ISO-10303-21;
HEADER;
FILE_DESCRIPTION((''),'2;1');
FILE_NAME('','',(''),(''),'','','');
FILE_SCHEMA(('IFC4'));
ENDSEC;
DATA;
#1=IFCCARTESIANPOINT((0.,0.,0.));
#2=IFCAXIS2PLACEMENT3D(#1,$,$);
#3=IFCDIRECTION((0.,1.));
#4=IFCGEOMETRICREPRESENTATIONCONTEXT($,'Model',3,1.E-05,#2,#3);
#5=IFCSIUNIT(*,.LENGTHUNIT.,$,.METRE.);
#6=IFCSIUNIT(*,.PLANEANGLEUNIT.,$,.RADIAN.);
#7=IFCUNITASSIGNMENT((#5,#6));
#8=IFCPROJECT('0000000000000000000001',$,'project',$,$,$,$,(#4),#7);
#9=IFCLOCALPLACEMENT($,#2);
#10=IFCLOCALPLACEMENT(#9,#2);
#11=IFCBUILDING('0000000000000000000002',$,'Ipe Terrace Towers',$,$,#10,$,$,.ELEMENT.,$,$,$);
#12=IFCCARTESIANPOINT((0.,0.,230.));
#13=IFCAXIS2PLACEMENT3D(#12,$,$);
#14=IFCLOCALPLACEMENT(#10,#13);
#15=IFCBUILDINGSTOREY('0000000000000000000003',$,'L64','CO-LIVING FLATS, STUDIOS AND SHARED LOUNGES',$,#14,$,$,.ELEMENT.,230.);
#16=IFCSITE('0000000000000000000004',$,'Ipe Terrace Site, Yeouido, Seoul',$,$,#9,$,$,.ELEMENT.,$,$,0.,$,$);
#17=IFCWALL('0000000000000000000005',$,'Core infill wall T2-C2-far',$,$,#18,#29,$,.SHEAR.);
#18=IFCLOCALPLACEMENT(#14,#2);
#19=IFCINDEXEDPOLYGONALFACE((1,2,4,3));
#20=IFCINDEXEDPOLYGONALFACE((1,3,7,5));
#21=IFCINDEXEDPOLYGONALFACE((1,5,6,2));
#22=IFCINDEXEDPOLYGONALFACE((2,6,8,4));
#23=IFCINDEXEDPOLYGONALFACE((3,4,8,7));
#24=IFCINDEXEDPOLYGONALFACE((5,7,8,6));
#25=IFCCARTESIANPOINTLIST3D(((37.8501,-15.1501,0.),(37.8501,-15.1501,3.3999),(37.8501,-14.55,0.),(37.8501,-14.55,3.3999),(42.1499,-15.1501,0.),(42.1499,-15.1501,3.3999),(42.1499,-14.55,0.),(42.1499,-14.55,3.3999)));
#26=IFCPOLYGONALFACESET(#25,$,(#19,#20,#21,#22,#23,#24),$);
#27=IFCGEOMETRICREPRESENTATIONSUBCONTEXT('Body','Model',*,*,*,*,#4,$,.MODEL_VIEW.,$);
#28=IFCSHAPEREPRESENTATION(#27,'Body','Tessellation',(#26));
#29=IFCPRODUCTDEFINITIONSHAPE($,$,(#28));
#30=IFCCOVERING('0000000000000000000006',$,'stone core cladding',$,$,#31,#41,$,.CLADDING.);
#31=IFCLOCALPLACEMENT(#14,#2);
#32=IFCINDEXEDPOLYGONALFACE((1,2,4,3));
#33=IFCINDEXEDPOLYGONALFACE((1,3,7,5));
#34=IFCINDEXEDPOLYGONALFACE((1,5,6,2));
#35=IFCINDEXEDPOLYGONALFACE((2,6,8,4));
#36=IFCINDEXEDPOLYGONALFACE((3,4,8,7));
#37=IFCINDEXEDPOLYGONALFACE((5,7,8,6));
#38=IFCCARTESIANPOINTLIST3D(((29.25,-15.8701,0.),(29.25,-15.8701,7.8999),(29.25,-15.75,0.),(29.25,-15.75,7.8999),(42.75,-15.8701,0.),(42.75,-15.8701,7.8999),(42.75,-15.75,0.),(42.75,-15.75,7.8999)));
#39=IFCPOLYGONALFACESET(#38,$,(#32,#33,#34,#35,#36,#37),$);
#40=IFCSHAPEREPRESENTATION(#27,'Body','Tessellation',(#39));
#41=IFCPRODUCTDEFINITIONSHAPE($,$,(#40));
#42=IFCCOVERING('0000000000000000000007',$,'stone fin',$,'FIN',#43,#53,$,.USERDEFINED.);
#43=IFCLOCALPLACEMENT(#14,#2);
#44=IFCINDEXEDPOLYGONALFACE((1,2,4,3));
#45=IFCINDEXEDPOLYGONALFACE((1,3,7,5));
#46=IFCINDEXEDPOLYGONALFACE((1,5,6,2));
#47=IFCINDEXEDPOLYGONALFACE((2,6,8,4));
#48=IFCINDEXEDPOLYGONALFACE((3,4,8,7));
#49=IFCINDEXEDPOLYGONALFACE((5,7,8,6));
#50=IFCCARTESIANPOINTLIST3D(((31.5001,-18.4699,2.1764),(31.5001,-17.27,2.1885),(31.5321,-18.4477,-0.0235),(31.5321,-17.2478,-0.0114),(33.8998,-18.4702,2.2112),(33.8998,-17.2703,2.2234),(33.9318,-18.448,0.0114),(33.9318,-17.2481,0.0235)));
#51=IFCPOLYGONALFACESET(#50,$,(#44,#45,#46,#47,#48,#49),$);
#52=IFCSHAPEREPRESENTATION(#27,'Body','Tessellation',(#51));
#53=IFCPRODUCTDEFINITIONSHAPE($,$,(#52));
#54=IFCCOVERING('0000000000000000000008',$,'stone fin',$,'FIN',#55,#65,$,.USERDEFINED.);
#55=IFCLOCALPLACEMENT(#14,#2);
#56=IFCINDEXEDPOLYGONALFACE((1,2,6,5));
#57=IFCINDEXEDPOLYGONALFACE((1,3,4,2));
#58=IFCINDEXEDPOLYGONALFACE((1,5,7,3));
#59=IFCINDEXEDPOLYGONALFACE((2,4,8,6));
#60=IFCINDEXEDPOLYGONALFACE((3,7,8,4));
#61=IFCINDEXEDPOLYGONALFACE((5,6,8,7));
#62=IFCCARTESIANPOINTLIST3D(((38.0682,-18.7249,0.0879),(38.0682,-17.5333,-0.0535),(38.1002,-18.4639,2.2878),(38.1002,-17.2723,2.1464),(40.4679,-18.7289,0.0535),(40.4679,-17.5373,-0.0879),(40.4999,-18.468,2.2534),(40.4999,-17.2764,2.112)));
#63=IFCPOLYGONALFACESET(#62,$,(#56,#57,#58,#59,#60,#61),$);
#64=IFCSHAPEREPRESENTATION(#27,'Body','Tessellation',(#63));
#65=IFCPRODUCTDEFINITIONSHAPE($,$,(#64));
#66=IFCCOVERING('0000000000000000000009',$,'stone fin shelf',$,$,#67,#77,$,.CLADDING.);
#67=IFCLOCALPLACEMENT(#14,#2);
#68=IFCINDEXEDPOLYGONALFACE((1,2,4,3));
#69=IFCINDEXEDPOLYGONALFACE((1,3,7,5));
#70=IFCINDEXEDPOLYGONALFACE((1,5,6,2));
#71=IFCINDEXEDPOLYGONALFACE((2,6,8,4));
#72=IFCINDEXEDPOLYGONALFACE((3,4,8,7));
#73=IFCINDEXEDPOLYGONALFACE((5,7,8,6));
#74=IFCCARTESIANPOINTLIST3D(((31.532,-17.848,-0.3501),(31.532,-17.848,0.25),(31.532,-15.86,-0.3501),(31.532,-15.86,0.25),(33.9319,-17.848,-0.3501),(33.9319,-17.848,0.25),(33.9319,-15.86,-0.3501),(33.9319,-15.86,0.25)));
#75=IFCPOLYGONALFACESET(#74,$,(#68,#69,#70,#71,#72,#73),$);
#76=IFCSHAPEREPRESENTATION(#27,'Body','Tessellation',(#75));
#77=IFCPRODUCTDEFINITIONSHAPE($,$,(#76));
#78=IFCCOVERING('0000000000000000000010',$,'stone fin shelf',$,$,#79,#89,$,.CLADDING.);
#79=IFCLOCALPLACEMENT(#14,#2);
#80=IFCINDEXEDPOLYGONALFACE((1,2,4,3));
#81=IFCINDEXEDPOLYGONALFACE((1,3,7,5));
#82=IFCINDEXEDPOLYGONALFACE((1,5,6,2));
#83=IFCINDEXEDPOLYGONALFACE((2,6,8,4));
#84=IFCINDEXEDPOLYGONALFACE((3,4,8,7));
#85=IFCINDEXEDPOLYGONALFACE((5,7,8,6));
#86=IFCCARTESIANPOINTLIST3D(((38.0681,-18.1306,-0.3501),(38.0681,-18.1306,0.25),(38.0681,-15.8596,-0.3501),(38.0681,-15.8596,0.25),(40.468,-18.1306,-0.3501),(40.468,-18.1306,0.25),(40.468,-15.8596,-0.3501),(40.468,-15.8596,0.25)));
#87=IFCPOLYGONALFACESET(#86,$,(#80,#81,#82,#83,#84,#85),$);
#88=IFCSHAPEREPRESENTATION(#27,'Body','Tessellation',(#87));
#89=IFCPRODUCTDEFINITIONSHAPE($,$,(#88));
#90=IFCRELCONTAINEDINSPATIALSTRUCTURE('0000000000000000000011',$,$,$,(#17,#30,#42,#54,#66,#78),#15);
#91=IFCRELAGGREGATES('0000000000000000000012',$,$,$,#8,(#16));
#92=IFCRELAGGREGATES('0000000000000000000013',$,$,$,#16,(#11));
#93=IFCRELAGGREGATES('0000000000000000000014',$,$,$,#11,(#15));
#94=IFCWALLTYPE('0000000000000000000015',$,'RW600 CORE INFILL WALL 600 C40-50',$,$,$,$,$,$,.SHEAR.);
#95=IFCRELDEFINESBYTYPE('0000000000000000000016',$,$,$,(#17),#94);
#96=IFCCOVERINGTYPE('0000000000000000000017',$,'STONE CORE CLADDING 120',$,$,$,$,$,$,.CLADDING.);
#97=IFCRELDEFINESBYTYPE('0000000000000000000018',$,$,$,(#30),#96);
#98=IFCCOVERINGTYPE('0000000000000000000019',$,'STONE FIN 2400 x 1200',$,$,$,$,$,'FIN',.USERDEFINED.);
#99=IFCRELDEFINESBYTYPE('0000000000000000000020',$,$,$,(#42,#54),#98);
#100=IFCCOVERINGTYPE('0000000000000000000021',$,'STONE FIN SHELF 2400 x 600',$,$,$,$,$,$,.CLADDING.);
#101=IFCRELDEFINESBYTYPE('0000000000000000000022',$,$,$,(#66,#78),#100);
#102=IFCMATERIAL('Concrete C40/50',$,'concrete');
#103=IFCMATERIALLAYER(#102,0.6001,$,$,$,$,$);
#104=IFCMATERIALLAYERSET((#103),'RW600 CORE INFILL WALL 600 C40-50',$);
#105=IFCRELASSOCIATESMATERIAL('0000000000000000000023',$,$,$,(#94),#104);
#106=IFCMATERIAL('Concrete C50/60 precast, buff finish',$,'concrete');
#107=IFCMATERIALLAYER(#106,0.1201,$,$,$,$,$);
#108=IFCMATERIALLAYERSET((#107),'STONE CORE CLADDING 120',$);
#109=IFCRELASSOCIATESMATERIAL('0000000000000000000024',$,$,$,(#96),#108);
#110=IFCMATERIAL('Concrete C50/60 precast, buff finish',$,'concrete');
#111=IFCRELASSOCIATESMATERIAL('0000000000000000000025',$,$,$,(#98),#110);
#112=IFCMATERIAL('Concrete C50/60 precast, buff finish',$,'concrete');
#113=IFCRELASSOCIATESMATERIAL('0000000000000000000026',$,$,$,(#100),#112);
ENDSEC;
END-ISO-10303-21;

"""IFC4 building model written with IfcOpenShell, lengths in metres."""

from ifc_helpers import new_model, si_unit, direction, frame, frame_2d, origin, origin_2d, place, context, subcontext, project, spatial, rectangle, extrude, material, layer, layer_set, material_profile, profile_set, type_object, element, save


model = new_model("IFC4")

# Units and contexts
model_context = context("Model", 3, precision=1e-05, world=origin(), true_north=direction((0.0, 1.0)))
body_context = subcontext(model_context, "Body", "Model", "MODEL_VIEW")
ifc_project = project(units=[si_unit("LENGTHUNIT", "METRE"), si_unit("PLANEANGLEUNIT", "RADIAN")], contexts=[model_context])

# Site, building, storey
site_placement = place(None, origin())
site = spatial("IfcSite", under=ifc_project, at=site_placement, Name="Ipe Terrace Site, Yeouido, Seoul", CompositionType="ELEMENT", RefElevation=0.0)
building_placement = place(site_placement, origin())
building = spatial("IfcBuilding", under=site, at=building_placement, Name="Ipe Terrace Towers", CompositionType="ELEMENT")
storey_placement = place(building_placement, frame((0.0, 0.0, 230.0)))
storey = spatial("IfcBuildingStorey", under=building, at=storey_placement, Name="L64", Description="CO-LIVING FLATS, STUDIOS AND SHARED LOUNGES", CompositionType="ELEMENT", Elevation=230.0)

# Wall
ifc_material_1 = material(Name="Concrete C40/50", Category="concrete")
ifc_layer_1 = layer(ifc_material_1, 0.6001)
ifc_layer_set_1 = layer_set([ifc_layer_1], Name="RW600 CORE INFILL WALL 600 C40-50")
wall_type_1 = type_object("IfcWallType", Name="RW600 CORE INFILL WALL 600 C40-50", PredefinedType="SHEAR", material=ifc_layer_set_1)
wall_1_placement = place(storey_placement, frame((37.8501, -14.8501, 0.0), z_axis=(0.0, 0.0, 1.0), x_axis=(1.0, 0.0, 0.0)))
element("IfcWall", 1, at=wall_1_placement, inside=storey, type_object=wall_type_1, Name="Core infill wall T2-C2-far", PredefinedType="SHEAR", context=body_context, shape_type="SweptSolid", body=[
    extrude(rectangle(XDim=4.2998, YDim=0.6001, at=frame_2d((2.1499, 0.0))), origin(), (0.0, 0.0, 1.0), 3.3999),
])

# Coverings
ifc_material_2 = material(Name="Concrete C50/60 precast, buff finish", Category="concrete")
ifc_layer_2 = layer(ifc_material_2, 0.1201)
ifc_layer_set_2 = layer_set([ifc_layer_2], Name="STONE CORE CLADDING 120")
covering_type_1 = type_object("IfcCoveringType", Name="STONE CORE CLADDING 120", PredefinedType="CLADDING", material=ifc_layer_set_2)
covering_1_placement = place(storey_placement, frame((36.0, -15.8101, 0.0), z_axis=(0.0, 0.0, 1.0), x_axis=(1.0, 0.0, 0.0)))
element("IfcCovering", 2, at=covering_1_placement, inside=storey, type_object=covering_type_1, Name="stone core cladding", PredefinedType="CLADDING", context=body_context, shape_type="SweptSolid", body=[
    extrude(rectangle(XDim=13.5, YDim=0.1201, at=origin_2d()), origin(), (0.0, 0.0, 1.0), 7.8999),
])
ifc_material_3 = material(Name="Concrete C50/60 precast, buff finish", Category="concrete")
ifc_material_profile = material_profile(ifc_material_3, rectangle(XDim=2.3999, YDim=1.2, at=origin_2d()), Name="STONE FIN 2400 x 1200")
ifc_profile_set = profile_set([ifc_material_profile], Name="Concrete C50/60 precast, buff finish")
covering_type_2 = type_object("IfcCoveringType", Name="STONE FIN 2400 x 1200", ElementType="FIN", PredefinedType="USERDEFINED", material=ifc_profile_set)
covering_2_placement = place(storey_placement, frame((32.7319, -17.8479, 0.0), z_axis=(-0.014536, -0.010097, 0.999843), x_axis=(0.999894, -0.000147, 0.014535)))
element("IfcCovering", 3, at=covering_2_placement, inside=storey, type_object=covering_type_2, Name="stone fin", ObjectType="FIN", PredefinedType="USERDEFINED", context=body_context, shape_type="SweptSolid", body=[
    extrude(rectangle(XDim=2.3999, YDim=1.2, at=origin_2d()), origin(), (0.0, 0.0, 1.0), 2.2002),
])
covering_3_placement = place(storey_placement, frame((39.2681, -18.1311, 0.0), z_axis=(0.014435, 0.117794, 0.992933), x_axis=(0.999896, -0.001701, -0.014335)))
element("IfcCovering", 4, at=covering_3_placement, inside=storey, type_object=covering_type_2, Name="stone fin", ObjectType="FIN", PredefinedType="USERDEFINED", context=body_context, shape_type="SweptSolid", body=[
    extrude(rectangle(XDim=2.3999, YDim=1.2, at=origin_2d()), origin(), (0.0, 0.0, 1.0), 2.2156),
])
ifc_material_4 = material(Name="Concrete C50/60 precast, buff finish", Category="concrete")
covering_type_3 = type_object("IfcCoveringType", Name="STONE FIN SHELF 2400 x 600", PredefinedType="CLADDING", material=ifc_material_4)
covering_4_placement = place(storey_placement, frame((32.7319, -16.854, -0.3501), z_axis=(0.0, 0.0, 1.0), x_axis=(1.0, 0.0, 0.0)))
element("IfcCovering", 5, at=covering_4_placement, inside=storey, type_object=covering_type_3, Name="stone fin shelf", PredefinedType="CLADDING", context=body_context, shape_type="SweptSolid", body=[
    extrude(rectangle(XDim=2.3999, YDim=1.988, at=origin_2d()), origin(), (0.0, 0.0, 1.0), 0.6001),
])
covering_5_placement = place(storey_placement, frame((39.2681, -16.9951, -0.3501), z_axis=(0.0, 0.0, 1.0), x_axis=(1.0, 0.0, 0.0)))
element("IfcCovering", 6, at=covering_5_placement, inside=storey, type_object=covering_type_3, Name="stone fin shelf", PredefinedType="CLADDING", context=body_context, shape_type="SweptSolid", body=[
    extrude(rectangle(XDim=2.3999, YDim=2.271, at=origin_2d()), origin(), (0.0, 0.0, 1.0), 0.6001),
])

save(model, "model.ifc")
